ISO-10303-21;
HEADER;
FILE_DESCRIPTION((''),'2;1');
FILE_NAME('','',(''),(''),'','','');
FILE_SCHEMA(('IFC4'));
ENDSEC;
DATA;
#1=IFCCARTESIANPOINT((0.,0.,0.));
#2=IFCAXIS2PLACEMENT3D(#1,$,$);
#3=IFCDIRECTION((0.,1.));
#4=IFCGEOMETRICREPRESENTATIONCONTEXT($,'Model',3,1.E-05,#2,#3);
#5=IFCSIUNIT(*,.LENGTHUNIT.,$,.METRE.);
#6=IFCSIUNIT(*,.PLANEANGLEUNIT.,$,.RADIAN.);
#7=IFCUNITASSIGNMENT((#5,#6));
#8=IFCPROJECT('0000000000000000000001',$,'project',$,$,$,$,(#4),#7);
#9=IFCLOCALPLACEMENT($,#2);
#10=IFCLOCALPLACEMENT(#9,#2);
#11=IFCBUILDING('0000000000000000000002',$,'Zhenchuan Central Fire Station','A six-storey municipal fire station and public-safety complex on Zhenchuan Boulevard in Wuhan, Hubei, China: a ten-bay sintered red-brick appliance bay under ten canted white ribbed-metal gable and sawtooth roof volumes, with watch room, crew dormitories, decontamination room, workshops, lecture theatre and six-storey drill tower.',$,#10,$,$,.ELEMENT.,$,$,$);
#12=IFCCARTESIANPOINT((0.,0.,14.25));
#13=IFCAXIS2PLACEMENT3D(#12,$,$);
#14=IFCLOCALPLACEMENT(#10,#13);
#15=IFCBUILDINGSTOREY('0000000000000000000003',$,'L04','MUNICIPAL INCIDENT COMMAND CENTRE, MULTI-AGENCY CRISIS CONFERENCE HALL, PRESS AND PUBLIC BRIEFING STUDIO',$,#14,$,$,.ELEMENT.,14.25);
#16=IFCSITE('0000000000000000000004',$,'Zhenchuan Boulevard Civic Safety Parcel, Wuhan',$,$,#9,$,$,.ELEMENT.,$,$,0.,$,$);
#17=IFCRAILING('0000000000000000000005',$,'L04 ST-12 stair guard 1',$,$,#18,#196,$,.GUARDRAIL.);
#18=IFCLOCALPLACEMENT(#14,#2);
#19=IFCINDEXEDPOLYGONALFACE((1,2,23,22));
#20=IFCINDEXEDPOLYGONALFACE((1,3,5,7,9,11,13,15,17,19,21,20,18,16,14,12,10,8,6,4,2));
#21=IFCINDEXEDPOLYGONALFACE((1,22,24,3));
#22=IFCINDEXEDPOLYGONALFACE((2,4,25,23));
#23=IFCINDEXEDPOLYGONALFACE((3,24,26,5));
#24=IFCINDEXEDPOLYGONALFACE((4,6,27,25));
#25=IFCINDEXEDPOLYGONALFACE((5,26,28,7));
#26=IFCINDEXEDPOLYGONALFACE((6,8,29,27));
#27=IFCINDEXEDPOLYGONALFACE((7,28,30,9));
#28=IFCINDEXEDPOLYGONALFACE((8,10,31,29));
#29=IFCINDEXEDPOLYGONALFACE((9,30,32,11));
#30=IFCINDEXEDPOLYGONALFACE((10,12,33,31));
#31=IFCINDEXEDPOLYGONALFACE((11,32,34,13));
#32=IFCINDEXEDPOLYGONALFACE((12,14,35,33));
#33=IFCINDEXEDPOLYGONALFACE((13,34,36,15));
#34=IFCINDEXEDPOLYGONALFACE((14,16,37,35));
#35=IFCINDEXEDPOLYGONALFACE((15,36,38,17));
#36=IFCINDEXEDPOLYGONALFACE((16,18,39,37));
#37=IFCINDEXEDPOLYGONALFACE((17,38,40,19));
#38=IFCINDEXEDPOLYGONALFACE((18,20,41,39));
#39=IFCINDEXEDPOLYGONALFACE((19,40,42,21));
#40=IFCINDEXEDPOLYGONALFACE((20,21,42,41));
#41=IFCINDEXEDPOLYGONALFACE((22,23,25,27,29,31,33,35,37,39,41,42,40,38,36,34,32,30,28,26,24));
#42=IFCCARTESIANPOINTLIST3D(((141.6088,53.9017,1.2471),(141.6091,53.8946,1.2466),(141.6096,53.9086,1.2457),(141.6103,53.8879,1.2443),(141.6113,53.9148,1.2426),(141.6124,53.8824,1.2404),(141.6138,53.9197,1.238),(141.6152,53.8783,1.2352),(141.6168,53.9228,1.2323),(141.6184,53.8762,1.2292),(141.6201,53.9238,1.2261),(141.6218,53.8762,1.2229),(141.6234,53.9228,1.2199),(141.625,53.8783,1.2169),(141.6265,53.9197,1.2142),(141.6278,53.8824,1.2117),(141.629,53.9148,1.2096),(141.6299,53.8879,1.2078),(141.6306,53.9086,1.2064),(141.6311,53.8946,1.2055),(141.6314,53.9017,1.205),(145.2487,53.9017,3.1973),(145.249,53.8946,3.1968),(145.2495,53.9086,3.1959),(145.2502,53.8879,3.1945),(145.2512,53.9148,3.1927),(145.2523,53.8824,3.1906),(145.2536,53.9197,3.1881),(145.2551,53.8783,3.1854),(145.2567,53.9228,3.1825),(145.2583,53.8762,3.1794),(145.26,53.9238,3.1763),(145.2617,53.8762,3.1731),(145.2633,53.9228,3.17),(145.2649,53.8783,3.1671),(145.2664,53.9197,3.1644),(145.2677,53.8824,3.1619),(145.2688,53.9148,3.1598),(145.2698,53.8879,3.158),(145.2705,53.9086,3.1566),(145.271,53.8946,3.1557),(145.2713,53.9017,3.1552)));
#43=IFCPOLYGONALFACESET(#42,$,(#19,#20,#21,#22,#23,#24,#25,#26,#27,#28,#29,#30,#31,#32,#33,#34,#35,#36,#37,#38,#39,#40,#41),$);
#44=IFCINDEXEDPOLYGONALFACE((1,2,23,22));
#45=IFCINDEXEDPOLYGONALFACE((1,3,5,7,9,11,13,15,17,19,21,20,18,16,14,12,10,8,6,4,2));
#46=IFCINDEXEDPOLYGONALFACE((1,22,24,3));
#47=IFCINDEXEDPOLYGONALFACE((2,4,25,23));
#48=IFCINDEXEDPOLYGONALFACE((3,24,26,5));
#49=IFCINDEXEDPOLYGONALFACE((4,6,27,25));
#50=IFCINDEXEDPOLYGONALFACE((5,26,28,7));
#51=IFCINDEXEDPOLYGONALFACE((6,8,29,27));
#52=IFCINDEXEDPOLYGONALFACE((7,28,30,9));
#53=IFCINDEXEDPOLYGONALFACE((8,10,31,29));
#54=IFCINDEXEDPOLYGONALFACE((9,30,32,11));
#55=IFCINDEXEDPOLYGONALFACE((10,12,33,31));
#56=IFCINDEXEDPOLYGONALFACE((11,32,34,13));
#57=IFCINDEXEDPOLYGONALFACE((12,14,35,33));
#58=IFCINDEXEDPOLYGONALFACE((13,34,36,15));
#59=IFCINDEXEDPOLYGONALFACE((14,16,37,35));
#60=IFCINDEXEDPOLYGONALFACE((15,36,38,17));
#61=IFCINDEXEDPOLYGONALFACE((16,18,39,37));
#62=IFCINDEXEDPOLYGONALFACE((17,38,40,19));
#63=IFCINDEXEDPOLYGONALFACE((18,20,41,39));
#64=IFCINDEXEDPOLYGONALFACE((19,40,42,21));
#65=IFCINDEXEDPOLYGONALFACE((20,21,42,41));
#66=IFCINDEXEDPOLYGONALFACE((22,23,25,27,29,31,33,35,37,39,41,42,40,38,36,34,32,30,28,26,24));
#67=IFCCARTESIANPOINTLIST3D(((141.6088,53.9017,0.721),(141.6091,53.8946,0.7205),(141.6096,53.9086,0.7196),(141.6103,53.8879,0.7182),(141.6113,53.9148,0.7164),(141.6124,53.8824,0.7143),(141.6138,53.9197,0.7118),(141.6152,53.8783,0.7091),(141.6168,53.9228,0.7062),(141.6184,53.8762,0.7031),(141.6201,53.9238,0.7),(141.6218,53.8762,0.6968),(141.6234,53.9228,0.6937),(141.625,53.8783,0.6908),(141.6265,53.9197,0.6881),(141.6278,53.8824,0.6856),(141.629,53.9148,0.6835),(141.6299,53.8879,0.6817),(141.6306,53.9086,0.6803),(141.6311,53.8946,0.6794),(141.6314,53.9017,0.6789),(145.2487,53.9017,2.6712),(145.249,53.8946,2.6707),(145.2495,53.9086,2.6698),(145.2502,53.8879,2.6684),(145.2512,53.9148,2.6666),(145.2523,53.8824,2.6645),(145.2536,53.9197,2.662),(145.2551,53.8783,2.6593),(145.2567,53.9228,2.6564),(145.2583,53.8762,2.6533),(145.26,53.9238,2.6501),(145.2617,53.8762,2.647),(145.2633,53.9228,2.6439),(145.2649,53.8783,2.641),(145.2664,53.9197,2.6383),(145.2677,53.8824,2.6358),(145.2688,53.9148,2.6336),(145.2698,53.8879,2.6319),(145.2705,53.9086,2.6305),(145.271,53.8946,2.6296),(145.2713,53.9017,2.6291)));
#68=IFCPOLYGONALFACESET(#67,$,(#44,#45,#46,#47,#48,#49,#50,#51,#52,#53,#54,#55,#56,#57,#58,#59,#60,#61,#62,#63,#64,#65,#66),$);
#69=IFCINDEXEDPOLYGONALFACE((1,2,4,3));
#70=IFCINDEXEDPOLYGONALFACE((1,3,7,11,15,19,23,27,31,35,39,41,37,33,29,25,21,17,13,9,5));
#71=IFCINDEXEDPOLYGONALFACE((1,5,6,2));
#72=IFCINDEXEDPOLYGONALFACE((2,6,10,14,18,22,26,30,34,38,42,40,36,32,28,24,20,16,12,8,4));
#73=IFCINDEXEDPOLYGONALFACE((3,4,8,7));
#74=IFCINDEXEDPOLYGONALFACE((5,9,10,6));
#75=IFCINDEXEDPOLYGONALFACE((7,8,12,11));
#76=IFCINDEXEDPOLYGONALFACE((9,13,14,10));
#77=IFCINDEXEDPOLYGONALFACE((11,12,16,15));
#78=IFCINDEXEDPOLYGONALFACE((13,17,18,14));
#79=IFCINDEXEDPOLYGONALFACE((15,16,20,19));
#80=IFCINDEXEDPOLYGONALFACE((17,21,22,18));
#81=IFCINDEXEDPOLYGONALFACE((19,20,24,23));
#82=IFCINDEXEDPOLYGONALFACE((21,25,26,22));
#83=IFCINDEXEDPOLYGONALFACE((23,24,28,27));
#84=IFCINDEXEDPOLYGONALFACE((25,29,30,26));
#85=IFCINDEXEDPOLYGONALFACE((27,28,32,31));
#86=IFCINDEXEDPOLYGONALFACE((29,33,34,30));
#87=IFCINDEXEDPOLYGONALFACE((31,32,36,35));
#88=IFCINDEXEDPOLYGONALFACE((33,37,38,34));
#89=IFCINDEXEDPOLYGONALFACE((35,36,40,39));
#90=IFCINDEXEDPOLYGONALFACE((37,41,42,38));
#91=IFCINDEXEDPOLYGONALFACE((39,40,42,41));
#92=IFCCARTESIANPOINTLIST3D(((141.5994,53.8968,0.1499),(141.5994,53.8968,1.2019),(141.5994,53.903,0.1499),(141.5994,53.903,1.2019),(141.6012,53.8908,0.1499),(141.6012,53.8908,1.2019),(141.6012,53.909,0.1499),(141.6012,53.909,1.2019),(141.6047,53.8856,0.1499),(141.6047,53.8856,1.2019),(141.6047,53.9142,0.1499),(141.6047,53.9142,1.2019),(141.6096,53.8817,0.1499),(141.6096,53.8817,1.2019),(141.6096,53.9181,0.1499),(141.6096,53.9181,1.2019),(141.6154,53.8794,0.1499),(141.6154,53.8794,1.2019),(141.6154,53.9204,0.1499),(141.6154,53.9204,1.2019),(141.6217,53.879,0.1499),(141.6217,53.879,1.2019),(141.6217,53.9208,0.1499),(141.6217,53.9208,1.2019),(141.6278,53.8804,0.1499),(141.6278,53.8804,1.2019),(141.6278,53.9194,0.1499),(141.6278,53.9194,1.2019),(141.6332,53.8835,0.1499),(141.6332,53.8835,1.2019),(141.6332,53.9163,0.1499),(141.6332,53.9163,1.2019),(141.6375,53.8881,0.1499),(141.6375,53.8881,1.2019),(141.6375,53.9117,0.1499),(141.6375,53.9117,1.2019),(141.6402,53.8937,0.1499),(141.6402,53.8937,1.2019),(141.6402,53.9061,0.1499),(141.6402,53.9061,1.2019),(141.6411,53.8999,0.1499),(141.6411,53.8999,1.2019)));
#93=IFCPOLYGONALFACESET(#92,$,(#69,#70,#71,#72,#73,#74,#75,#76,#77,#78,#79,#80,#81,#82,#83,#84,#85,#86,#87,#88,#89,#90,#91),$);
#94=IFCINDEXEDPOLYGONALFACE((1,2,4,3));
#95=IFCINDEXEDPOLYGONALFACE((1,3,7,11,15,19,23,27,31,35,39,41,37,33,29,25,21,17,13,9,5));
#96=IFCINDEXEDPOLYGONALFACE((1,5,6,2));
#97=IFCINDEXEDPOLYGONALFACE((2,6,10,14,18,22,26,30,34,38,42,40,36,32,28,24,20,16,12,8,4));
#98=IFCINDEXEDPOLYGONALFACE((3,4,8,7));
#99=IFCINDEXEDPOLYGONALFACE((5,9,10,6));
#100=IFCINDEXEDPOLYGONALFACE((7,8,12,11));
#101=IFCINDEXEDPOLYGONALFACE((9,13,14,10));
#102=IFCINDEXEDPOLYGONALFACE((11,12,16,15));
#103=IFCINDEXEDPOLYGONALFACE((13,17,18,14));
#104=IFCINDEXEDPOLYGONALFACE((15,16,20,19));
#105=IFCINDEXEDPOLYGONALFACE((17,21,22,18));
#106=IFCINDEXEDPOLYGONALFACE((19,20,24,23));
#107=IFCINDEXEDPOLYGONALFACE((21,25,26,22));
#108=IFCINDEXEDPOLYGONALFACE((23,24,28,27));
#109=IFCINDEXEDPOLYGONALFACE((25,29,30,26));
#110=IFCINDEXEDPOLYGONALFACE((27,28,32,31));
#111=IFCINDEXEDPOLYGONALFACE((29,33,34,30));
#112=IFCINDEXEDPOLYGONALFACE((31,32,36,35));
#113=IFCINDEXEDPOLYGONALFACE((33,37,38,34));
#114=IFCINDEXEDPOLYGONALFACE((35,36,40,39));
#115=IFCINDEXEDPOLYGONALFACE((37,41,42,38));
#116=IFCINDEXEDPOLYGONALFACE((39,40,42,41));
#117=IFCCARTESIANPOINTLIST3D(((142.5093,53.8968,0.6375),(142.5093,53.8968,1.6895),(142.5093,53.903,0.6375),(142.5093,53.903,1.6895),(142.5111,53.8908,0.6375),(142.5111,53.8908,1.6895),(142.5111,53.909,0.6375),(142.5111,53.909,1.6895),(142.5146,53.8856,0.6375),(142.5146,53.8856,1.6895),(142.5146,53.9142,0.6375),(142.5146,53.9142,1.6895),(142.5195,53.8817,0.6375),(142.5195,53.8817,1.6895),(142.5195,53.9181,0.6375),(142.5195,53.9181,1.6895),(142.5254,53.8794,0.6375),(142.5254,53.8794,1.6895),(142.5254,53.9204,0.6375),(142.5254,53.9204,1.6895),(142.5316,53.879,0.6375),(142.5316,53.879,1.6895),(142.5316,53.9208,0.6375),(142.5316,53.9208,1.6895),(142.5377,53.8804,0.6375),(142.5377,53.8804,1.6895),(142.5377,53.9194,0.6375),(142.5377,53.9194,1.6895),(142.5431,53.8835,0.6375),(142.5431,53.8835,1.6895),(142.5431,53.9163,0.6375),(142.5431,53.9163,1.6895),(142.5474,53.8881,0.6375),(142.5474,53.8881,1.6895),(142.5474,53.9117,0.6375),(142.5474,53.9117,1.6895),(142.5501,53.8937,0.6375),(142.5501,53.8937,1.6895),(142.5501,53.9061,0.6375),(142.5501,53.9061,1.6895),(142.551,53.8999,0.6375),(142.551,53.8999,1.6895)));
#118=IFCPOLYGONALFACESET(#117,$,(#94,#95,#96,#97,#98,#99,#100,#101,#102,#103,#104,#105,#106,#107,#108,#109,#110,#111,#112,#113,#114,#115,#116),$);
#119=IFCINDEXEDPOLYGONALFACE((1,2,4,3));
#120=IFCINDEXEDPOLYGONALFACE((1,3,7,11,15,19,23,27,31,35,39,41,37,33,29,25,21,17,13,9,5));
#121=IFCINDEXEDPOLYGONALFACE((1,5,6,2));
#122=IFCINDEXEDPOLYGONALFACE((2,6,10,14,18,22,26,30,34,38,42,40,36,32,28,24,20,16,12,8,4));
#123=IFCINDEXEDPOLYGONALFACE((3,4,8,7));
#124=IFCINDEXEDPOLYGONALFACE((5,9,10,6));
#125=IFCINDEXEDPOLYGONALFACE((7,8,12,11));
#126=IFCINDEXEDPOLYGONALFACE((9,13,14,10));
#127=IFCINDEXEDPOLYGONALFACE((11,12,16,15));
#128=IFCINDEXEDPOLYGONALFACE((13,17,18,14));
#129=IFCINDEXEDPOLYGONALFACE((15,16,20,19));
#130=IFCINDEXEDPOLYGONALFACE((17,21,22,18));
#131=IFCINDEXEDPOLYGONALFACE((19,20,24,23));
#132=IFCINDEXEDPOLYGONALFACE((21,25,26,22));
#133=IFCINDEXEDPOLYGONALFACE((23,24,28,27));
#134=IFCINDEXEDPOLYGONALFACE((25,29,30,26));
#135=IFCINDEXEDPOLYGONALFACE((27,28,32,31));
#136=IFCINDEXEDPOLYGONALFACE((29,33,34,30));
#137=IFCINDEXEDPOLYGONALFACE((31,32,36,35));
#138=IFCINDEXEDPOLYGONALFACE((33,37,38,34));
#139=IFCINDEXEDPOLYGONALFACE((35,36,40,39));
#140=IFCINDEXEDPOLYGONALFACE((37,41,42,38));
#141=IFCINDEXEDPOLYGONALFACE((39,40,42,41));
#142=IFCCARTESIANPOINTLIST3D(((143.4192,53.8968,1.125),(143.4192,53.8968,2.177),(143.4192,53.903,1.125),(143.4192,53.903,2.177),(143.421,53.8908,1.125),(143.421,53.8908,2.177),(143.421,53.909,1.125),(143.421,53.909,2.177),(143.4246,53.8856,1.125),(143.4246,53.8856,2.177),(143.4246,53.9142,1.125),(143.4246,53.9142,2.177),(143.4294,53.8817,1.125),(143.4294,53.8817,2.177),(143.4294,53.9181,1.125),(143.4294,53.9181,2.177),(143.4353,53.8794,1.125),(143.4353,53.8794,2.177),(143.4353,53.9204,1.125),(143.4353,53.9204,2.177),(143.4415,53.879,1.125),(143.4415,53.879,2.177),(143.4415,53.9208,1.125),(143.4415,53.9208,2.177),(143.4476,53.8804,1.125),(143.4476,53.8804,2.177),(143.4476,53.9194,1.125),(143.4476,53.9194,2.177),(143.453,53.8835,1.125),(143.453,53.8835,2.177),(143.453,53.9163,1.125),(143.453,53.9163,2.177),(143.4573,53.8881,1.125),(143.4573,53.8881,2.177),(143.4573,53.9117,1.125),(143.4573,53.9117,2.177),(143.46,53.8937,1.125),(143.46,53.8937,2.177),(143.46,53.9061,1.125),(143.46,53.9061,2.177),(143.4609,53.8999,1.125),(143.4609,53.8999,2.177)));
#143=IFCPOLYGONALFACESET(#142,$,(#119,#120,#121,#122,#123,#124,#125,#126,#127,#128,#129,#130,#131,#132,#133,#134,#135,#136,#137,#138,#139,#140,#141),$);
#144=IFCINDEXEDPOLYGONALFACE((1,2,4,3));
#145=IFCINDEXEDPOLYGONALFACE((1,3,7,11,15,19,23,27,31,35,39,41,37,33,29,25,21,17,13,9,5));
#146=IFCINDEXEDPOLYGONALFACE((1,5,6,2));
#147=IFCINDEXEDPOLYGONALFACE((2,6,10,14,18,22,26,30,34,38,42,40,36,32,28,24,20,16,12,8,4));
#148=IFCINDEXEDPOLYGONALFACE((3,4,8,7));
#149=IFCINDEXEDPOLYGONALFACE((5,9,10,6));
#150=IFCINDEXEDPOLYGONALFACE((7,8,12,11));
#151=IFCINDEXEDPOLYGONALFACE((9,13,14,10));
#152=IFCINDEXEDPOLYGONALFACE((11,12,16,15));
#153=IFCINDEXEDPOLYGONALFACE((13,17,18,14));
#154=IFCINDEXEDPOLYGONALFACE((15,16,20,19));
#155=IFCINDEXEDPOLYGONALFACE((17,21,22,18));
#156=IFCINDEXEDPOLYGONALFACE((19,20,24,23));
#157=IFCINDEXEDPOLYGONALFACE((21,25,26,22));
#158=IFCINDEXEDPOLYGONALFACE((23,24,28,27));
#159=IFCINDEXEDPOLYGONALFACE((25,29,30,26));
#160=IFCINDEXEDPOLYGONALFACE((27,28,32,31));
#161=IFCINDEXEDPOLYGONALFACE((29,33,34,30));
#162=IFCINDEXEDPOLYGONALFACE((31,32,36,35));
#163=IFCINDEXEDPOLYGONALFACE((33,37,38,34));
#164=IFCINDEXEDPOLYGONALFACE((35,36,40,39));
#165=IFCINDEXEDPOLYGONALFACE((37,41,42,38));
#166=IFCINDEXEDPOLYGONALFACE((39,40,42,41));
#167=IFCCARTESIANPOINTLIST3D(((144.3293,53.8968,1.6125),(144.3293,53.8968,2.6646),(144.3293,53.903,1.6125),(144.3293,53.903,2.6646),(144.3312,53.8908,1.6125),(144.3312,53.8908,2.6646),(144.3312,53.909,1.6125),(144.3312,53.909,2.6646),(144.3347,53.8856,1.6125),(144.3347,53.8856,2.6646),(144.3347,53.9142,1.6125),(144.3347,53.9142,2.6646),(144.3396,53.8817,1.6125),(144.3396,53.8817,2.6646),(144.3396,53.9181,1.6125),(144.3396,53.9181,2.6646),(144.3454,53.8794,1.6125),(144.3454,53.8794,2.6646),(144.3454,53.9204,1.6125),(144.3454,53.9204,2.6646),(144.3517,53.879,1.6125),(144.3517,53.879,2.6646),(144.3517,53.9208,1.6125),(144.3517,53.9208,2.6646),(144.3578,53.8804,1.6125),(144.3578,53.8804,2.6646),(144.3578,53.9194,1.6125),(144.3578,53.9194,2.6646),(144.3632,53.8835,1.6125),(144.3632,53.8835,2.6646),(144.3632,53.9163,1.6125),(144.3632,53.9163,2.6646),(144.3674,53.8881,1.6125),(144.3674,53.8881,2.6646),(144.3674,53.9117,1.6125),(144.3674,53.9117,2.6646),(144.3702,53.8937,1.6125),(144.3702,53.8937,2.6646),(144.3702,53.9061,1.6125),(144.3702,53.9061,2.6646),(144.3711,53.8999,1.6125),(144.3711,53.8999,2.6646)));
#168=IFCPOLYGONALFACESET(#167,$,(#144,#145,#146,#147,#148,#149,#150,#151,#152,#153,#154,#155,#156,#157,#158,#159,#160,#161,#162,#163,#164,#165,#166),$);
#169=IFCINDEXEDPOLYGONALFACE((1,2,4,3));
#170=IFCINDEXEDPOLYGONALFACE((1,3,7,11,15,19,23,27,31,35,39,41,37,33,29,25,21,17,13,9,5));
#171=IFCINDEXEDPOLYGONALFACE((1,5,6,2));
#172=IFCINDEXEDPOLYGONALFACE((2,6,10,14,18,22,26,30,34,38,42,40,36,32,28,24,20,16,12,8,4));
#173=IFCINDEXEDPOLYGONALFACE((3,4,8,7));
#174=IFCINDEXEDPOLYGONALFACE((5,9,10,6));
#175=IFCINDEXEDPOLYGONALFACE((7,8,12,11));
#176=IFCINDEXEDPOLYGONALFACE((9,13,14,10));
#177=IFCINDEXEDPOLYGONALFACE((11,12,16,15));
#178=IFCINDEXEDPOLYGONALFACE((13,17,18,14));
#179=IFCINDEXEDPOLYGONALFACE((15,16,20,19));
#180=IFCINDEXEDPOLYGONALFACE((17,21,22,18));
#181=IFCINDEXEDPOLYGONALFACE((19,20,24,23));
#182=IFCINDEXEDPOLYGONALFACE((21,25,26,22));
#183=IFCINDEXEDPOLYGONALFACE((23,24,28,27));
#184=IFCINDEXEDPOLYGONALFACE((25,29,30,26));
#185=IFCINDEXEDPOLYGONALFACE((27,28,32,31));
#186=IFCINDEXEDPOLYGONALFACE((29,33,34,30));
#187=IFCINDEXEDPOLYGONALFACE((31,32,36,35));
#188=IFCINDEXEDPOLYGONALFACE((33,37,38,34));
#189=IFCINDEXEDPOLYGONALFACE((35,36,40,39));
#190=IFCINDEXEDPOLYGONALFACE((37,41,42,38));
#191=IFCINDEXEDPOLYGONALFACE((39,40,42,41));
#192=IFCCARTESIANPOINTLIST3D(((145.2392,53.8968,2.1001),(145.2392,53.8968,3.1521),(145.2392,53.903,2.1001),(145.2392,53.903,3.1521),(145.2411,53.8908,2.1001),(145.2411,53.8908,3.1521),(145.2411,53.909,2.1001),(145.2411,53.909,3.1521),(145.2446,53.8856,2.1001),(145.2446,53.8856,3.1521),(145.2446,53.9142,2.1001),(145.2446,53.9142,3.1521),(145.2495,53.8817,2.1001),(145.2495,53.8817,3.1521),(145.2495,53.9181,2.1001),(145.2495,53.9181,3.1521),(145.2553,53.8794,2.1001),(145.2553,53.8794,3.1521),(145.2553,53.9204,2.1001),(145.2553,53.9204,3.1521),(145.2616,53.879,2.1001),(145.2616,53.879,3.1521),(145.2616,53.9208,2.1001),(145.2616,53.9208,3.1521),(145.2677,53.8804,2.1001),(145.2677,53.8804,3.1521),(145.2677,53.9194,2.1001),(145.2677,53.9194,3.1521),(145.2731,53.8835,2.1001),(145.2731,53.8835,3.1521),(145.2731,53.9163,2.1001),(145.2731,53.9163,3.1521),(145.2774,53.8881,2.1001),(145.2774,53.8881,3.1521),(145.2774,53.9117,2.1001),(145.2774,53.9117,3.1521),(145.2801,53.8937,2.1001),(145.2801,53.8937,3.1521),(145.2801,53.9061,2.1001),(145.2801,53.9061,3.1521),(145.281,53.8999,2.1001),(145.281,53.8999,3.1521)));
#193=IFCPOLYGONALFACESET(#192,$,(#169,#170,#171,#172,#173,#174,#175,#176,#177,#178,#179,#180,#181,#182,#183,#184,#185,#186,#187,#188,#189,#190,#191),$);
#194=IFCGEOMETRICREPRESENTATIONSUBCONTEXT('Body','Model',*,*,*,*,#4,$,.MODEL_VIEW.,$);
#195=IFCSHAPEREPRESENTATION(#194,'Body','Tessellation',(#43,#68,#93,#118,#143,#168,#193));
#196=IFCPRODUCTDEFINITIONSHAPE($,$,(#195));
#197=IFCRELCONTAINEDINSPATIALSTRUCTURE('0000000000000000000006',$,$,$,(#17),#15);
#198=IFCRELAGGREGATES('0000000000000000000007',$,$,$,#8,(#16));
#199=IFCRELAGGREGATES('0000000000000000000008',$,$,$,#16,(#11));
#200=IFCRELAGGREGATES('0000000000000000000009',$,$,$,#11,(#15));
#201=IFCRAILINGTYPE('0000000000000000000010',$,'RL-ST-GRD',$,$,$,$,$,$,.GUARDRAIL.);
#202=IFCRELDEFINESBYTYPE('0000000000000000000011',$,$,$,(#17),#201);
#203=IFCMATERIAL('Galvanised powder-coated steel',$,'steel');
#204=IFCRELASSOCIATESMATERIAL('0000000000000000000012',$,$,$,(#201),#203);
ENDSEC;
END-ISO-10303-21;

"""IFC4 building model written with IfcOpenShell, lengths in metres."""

from ifc_helpers import new_model, si_unit, direction, frame, origin, origin_2d, place, context, subcontext, project, spatial, circle, extrude, material, type_object, element, save


model = new_model("IFC4")

# Units and contexts
model_context = context("Model", 3, precision=1e-05, world=origin(), true_north=direction((0.0, 1.0)))
body_context = subcontext(model_context, "Body", "Model", "MODEL_VIEW")
ifc_project = project(units=[si_unit("LENGTHUNIT", "METRE"), si_unit("PLANEANGLEUNIT", "RADIAN")], contexts=[model_context])

# Site, building, storey
site_placement = place(None, origin())
site = spatial("IfcSite", under=ifc_project, at=site_placement, Name="Zhenchuan Boulevard Civic Safety Parcel, Wuhan", CompositionType="ELEMENT", RefElevation=0.0)
building_placement = place(site_placement, origin())
building = spatial("IfcBuilding", under=site, at=building_placement, Name="Zhenchuan Central Fire Station", Description="A six-storey municipal fire station and public-safety complex on Zhenchuan Boulevard in Wuhan, Hubei, China: a ten-bay sintered red-brick appliance bay under ten canted white ribbed-metal gable and sawtooth roof volumes, with watch room, crew dormitories, decontamination room, workshops, lecture theatre and six-storey drill tower.", CompositionType="ELEMENT")
storey_placement = place(building_placement, frame((0.0, 0.0, 14.25)))
storey = spatial("IfcBuildingStorey", under=building, at=storey_placement, Name="L04", Description="MUNICIPAL INCIDENT COMMAND CENTRE, MULTI-AGENCY CRISIS CONFERENCE HALL, PRESS AND PUBLIC BRIEFING STUDIO", CompositionType="ELEMENT", Elevation=14.25)

# Railing
ifc_material_1 = material(Name="Galvanised powder-coated steel", Category="steel")
railing_type_1 = type_object("IfcRailingType", Name="RL-ST-GRD", PredefinedType="GUARDRAIL", material=ifc_material_1)
railing_1_placement = place(storey_placement, frame((141.6201, 53.8999, 0.1499)))
element("IfcRailing", 1, at=railing_1_placement, inside=storey, type_object=railing_type_1, Name="L04 ST-12 stair guard 1", PredefinedType="GUARDRAIL", context=body_context, shape_type="SweptSolid", body=[
    extrude(circle(Radius=0.0239, at=origin_2d()), frame((0.0, 0.0, 1.0762), z_axis=(0.881454, 0.0, 0.472269), x_axis=(0.0, 1.0, 0.0)), (0.0, 0.0, 1.0), 4.1294),
    extrude(circle(Radius=0.0239, at=origin_2d()), frame((0.0, 0.0, 0.55), z_axis=(0.881454, 0.0, 0.472269), x_axis=(0.0, 1.0, 0.0)), (0.0, 0.0, 1.0), 4.1294),
    extrude(circle(Radius=0.021, at=origin_2d()), origin(), (0.0, 0.0, 1.0), 1.052),
    extrude(circle(Radius=0.021, at=origin_2d()), frame((0.9099, 0.0, 0.4875)), (0.0, 0.0, 1.0), 1.052),
    extrude(circle(Radius=0.021, at=origin_2d()), frame((1.8198, 0.0, 0.9751)), (0.0, 0.0, 1.0), 1.052),
    extrude(circle(Radius=0.021, at=origin_2d()), frame((2.73, 0.0, 1.4626)), (0.0, 0.0, 1.0), 1.052),
    extrude(circle(Radius=0.021, at=origin_2d()), frame((3.6399, 0.0, 1.9502)), (0.0, 0.0, 1.0), 1.052),
])

save(model, "model.ifc")
